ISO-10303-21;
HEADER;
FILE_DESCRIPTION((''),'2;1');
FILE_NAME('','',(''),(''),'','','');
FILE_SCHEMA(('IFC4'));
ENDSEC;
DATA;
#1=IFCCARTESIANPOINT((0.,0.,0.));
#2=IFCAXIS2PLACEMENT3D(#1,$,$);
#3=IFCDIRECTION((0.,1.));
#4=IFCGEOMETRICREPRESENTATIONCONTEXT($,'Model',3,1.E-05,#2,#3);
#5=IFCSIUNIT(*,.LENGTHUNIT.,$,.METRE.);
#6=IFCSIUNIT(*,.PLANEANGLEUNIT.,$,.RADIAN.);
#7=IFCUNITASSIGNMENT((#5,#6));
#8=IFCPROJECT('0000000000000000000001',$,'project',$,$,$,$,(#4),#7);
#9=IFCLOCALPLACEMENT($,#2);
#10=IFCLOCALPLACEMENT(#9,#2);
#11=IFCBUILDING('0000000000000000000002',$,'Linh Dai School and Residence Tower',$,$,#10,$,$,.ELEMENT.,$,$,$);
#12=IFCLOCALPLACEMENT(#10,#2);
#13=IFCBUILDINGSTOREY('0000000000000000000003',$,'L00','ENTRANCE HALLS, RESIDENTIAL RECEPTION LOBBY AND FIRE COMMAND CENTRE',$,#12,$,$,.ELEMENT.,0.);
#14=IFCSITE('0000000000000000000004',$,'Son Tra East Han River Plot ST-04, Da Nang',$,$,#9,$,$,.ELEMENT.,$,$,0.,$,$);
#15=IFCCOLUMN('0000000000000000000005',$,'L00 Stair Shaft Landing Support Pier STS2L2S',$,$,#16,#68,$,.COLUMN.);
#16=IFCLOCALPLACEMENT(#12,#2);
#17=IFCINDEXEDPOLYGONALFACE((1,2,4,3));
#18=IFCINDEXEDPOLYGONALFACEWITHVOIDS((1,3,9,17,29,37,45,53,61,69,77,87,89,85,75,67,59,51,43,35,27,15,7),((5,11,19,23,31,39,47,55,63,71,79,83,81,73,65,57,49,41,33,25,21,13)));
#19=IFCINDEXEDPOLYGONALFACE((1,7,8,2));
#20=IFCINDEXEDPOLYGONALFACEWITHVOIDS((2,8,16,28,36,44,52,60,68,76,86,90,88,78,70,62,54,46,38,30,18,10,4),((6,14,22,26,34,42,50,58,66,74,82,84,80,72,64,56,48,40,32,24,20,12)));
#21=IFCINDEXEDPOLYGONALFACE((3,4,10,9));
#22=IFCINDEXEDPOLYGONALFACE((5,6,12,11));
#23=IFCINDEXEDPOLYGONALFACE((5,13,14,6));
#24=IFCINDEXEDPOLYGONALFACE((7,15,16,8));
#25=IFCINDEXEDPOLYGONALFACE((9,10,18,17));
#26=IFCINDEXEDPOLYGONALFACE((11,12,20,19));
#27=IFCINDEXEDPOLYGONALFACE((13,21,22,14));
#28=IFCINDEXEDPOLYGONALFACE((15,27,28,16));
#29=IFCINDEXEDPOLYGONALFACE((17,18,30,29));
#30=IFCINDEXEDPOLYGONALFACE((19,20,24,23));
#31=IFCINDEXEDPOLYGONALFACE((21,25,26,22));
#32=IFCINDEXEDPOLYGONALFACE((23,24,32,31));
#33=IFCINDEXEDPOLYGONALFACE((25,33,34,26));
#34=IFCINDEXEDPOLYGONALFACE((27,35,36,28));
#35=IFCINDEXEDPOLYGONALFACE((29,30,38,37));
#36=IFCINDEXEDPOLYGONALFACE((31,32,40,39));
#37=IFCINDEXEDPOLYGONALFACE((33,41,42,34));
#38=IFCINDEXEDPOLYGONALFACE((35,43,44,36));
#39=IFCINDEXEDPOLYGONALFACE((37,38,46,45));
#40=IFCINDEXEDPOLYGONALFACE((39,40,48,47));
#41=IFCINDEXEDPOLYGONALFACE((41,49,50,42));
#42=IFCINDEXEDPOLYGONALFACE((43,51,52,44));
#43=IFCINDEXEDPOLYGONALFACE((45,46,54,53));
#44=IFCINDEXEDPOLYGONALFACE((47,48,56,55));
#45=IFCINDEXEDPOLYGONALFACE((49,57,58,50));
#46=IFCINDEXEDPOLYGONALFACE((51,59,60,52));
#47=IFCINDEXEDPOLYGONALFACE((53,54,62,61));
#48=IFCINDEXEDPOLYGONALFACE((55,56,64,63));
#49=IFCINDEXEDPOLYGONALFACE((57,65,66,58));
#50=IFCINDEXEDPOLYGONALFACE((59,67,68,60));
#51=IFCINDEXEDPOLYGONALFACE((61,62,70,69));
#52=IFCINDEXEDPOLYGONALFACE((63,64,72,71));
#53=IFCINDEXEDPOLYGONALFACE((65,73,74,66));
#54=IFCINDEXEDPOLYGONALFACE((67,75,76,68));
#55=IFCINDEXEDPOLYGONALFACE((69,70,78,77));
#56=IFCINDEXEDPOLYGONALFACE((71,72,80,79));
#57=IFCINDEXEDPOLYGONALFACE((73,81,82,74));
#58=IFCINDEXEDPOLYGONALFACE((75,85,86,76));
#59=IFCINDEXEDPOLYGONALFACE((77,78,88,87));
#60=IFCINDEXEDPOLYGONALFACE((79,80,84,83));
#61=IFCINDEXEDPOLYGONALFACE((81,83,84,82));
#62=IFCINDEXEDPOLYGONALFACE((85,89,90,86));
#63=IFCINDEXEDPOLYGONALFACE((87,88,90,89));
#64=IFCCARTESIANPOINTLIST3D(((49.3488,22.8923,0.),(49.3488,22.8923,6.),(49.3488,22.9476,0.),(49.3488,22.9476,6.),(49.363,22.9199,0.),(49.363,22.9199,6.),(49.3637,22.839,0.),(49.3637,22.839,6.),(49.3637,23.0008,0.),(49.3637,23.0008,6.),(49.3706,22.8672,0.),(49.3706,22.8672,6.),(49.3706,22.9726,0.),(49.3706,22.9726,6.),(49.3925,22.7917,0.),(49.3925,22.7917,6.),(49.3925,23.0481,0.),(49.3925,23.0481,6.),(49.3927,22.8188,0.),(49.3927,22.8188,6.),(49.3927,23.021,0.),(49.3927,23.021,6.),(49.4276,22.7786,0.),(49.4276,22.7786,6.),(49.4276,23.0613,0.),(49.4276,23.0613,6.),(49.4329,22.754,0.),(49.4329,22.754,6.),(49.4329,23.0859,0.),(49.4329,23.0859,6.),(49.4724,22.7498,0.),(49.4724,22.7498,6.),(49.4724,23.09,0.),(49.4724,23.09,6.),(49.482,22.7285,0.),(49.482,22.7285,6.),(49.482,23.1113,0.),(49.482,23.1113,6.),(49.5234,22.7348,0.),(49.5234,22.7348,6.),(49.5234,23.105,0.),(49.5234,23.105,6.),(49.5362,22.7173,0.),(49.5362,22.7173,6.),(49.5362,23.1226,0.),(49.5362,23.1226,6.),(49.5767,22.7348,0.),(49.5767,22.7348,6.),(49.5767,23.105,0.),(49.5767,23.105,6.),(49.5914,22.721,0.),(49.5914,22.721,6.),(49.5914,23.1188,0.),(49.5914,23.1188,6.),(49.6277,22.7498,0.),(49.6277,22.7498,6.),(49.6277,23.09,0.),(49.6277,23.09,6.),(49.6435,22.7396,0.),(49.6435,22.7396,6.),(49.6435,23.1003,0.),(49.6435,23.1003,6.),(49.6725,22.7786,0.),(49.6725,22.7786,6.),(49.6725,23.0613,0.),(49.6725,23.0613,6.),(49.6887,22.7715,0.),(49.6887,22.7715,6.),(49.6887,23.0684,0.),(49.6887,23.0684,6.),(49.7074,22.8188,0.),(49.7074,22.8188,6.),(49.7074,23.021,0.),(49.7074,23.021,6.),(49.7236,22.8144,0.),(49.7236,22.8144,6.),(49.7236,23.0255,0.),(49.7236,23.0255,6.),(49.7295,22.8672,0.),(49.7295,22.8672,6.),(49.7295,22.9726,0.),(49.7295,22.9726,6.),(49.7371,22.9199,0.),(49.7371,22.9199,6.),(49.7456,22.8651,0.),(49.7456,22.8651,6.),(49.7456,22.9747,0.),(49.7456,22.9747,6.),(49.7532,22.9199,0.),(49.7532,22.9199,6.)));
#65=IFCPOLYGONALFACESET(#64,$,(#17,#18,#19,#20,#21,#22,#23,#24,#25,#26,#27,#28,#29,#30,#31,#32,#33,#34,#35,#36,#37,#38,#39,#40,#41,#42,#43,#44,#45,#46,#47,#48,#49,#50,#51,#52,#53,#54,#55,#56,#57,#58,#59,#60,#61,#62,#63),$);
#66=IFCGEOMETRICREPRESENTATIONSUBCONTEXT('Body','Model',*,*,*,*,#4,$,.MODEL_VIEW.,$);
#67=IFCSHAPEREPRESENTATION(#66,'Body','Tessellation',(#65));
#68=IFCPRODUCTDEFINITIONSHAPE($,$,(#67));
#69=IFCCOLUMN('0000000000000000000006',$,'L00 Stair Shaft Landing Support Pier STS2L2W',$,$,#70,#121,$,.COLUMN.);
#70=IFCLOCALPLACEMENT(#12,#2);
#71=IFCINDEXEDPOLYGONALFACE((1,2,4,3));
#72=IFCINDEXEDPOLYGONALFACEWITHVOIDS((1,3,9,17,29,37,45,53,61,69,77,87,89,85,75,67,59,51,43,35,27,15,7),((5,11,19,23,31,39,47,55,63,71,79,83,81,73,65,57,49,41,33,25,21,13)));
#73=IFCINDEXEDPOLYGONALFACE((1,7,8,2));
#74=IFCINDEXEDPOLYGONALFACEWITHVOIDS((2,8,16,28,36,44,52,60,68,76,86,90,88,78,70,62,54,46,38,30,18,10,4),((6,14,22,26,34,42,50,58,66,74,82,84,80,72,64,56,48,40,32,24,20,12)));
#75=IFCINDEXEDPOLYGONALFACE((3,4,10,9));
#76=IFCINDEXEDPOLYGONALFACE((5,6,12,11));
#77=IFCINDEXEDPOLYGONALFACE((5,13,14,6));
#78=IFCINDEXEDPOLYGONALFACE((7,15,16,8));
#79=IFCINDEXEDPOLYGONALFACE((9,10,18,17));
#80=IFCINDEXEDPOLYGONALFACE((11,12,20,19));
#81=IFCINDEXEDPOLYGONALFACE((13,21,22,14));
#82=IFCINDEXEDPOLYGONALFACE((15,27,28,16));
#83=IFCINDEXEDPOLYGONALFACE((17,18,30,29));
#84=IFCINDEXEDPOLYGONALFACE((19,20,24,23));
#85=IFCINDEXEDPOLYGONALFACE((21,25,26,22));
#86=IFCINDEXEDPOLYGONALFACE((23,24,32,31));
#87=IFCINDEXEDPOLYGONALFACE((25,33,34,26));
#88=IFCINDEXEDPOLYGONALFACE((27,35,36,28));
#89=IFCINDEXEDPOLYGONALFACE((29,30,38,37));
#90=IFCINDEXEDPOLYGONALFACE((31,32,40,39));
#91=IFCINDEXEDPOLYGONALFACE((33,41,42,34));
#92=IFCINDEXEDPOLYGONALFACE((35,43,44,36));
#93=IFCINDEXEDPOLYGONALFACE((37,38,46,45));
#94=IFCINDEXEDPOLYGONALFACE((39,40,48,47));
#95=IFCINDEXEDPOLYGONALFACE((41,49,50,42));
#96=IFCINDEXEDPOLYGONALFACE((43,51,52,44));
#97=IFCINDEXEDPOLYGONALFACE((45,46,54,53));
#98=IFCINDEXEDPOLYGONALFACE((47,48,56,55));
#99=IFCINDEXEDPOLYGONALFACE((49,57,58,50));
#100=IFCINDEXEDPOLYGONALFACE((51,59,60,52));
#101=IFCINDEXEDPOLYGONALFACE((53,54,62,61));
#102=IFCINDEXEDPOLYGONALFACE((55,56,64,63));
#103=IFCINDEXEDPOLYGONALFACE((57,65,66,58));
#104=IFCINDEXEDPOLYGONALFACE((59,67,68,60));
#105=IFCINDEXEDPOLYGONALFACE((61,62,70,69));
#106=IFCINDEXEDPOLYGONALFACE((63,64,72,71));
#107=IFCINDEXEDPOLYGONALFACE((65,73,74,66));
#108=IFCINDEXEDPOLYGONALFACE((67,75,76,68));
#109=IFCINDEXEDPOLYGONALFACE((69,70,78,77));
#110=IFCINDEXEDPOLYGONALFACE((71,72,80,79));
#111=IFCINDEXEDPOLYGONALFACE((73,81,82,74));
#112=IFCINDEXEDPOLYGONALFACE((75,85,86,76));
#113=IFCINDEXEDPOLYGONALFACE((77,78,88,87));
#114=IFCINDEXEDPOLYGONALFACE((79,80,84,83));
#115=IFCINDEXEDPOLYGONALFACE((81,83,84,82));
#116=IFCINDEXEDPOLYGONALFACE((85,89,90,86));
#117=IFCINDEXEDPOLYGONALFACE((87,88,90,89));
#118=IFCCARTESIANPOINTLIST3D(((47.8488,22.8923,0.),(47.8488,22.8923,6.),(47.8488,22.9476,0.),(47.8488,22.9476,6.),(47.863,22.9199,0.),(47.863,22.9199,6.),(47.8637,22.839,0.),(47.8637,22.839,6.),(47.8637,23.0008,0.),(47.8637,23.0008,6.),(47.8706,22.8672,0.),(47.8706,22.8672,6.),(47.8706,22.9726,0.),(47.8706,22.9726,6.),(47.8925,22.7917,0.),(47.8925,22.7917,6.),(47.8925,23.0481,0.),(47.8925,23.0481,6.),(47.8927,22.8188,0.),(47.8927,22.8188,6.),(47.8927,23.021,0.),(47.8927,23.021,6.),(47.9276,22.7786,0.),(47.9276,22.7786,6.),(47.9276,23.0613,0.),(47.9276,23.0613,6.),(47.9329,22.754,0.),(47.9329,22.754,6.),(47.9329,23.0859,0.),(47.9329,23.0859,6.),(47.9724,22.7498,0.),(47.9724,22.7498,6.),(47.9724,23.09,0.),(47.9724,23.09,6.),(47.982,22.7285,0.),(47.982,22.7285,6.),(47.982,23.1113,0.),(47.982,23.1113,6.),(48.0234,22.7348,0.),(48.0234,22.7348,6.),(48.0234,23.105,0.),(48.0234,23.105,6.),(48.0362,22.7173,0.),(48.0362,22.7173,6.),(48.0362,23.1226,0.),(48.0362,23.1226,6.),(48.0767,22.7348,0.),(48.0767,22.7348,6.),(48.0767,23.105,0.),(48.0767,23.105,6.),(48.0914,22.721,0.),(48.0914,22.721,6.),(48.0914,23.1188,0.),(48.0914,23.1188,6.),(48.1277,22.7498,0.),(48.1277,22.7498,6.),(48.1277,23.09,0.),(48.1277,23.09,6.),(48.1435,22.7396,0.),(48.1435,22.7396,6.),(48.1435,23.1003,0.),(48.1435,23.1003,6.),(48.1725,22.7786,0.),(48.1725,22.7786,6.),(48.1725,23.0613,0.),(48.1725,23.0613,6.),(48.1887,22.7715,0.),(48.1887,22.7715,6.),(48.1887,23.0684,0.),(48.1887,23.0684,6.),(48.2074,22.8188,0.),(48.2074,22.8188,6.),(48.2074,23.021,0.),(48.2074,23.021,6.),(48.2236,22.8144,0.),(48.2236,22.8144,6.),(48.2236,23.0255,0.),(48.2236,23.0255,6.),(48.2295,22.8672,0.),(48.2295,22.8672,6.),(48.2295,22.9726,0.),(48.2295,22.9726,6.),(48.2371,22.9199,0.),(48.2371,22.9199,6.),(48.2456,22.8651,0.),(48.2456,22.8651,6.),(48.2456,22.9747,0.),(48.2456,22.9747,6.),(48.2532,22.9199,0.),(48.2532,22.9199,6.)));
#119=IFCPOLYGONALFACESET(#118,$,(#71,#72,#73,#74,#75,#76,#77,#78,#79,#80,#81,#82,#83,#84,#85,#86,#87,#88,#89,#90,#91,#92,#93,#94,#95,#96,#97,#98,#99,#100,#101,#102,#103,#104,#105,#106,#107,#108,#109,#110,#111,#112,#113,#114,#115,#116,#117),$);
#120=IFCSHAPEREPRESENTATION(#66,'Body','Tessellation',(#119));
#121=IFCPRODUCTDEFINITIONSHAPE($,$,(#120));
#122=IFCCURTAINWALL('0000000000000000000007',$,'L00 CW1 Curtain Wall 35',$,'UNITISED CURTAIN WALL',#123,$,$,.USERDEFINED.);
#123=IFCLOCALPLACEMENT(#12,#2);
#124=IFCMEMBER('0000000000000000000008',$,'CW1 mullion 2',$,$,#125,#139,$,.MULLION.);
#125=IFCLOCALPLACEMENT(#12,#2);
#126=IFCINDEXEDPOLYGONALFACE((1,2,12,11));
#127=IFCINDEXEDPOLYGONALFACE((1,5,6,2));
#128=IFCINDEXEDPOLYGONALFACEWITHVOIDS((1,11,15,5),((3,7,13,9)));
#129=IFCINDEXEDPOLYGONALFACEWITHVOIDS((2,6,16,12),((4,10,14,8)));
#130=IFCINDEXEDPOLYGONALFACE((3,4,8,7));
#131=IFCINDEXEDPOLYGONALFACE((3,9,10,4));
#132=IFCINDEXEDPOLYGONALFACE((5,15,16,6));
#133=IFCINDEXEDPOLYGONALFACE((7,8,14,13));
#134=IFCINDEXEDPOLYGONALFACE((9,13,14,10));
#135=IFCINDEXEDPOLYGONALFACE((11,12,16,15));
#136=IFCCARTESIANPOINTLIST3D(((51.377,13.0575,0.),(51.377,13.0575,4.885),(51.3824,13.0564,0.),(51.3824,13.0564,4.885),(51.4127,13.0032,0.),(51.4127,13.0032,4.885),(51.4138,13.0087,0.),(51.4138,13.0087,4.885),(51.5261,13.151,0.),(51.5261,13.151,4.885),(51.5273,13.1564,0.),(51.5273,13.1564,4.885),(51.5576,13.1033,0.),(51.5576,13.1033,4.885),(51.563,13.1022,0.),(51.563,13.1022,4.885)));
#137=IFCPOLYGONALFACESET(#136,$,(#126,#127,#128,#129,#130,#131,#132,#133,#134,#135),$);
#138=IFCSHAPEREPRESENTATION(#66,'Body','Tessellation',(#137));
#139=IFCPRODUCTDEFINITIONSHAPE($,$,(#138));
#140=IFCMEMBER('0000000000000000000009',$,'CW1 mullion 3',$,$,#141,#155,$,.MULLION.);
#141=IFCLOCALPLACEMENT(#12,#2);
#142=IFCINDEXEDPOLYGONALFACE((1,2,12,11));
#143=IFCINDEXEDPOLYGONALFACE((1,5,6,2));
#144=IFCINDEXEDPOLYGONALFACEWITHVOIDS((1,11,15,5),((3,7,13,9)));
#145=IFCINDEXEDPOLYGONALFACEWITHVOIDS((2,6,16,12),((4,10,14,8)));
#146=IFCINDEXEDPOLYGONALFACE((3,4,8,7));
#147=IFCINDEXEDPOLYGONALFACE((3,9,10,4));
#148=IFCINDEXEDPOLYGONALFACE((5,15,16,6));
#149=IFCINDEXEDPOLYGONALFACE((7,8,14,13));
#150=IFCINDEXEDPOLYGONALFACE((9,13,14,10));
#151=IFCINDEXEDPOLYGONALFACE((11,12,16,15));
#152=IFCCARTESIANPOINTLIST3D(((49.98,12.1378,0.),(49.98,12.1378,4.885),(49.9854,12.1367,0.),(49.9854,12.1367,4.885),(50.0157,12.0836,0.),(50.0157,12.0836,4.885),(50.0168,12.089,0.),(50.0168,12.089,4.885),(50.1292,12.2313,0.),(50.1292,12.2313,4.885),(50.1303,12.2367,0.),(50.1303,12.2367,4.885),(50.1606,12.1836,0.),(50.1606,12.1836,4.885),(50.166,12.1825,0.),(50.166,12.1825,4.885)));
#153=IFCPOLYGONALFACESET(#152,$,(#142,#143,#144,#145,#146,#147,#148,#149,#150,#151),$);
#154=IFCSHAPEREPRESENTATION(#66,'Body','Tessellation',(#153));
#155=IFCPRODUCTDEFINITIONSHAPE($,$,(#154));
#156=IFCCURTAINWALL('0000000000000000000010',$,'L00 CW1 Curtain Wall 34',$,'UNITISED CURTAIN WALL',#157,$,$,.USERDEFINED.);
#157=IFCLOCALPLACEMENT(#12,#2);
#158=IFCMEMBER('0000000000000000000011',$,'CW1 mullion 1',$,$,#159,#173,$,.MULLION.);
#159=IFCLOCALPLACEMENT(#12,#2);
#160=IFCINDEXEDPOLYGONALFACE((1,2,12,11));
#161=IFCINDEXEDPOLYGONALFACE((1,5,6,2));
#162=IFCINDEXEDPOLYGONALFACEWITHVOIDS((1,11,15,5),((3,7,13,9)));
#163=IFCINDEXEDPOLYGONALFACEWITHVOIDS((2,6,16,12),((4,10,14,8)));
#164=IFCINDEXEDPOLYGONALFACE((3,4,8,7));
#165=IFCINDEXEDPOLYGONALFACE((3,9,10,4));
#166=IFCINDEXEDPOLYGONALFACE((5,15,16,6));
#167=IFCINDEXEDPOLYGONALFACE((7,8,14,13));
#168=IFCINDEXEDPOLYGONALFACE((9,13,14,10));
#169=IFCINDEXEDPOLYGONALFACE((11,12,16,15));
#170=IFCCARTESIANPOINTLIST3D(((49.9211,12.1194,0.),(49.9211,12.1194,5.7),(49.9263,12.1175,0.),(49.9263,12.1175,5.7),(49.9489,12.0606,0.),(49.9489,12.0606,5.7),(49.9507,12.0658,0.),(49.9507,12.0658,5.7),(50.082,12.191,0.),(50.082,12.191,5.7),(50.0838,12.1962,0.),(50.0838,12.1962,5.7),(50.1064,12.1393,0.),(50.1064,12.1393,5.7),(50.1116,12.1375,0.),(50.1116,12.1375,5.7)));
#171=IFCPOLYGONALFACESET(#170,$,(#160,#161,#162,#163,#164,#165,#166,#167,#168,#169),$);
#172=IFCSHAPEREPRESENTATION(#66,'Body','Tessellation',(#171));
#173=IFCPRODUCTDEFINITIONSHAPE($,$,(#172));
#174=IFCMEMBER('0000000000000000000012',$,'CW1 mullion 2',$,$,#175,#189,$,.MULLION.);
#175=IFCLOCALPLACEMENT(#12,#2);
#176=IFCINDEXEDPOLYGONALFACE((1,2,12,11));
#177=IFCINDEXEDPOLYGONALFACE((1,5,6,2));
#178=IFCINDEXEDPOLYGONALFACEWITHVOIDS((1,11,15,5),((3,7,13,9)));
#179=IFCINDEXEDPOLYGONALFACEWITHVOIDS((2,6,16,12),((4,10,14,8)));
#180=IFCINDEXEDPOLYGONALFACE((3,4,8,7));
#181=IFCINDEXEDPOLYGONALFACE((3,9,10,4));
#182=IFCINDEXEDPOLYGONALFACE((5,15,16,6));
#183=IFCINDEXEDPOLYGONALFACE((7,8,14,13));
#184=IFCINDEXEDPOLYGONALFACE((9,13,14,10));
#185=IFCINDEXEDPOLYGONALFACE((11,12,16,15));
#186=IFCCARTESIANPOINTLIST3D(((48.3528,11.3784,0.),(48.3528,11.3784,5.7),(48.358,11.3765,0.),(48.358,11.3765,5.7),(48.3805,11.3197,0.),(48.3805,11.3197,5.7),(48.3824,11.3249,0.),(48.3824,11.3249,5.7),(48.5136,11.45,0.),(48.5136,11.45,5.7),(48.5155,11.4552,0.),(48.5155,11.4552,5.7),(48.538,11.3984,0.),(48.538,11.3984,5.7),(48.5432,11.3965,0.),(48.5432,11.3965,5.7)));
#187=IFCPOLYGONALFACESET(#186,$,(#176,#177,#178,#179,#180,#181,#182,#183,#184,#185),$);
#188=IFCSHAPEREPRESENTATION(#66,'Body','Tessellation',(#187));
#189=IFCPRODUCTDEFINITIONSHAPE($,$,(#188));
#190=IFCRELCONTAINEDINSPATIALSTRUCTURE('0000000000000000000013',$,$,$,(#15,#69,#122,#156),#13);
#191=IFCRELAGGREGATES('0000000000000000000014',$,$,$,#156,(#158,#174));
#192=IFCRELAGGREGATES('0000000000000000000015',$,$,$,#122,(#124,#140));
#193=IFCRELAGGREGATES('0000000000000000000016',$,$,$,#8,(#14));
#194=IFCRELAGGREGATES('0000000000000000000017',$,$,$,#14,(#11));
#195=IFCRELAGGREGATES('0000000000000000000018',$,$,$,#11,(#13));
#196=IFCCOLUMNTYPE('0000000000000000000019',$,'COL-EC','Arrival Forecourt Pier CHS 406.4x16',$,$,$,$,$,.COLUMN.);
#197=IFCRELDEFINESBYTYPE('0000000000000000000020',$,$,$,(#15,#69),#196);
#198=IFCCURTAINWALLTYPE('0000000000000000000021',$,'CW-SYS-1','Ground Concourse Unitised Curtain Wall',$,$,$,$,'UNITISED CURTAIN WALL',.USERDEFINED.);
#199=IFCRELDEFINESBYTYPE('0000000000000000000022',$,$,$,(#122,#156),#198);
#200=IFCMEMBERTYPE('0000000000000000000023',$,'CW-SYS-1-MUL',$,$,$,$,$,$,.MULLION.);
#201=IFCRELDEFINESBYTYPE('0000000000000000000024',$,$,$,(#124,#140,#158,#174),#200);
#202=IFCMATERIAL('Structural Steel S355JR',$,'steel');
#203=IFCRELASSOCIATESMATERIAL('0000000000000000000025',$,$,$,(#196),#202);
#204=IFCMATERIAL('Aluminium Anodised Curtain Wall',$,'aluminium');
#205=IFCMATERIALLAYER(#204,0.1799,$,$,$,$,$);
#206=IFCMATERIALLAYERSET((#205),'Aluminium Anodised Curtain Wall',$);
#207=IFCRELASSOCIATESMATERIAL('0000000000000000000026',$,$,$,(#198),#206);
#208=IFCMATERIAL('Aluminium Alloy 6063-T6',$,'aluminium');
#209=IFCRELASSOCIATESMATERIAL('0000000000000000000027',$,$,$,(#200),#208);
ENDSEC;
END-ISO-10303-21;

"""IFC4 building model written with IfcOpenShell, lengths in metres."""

from ifc_helpers import new_model, si_unit, direction, frame, origin, origin_2d, place, context, subcontext, project, spatial, hollow_rectangle, hollow_circle, extrude, source, transform, mapped, material, layer, layer_set, material_profile, profile_set, type_object, element, aggregate, save


model = new_model("IFC4")

# Units and contexts
model_context = context("Model", 3, precision=1e-05, world=origin(), true_north=direction((0.0, 1.0)))
body_context = subcontext(model_context, "Body", "Model", "MODEL_VIEW")
ifc_project = project(units=[si_unit("LENGTHUNIT", "METRE"), si_unit("PLANEANGLEUNIT", "RADIAN")], contexts=[model_context])

# Site, building, storey
site_placement = place(None, origin())
site = spatial("IfcSite", under=ifc_project, at=site_placement, Name="Son Tra East Han River Plot ST-04, Da Nang", CompositionType="ELEMENT", RefElevation=0.0)
building_placement = place(site_placement, origin())
building = spatial("IfcBuilding", under=site, at=building_placement, Name="Linh Dai School and Residence Tower", CompositionType="ELEMENT")
storey_placement = place(building_placement, origin())
storey = spatial("IfcBuildingStorey", under=building, at=storey_placement, Name="L00", Description="ENTRANCE HALLS, RESIDENTIAL RECEPTION LOBBY AND FIRE COMMAND CENTRE", CompositionType="ELEMENT", Elevation=0.0)

# Columns
ifc_material_1 = material(Name="Structural Steel S355JR", Category="steel")
ifc_material_profile_1 = material_profile(ifc_material_1, hollow_circle(Radius=0.2031, WallThickness=0.0161, at=origin_2d()), Name="CHS 406.4x16")
ifc_profile_set_1 = profile_set([ifc_material_profile_1], Name="Structural Steel S355JR")
column_type = type_object("IfcColumnType", Name="COL-EC", Description="Arrival Forecourt Pier CHS 406.4x16", PredefinedType="COLUMN", material=ifc_profile_set_1)
for number, where, z_axis, x_axis, name in (
    (1, (49.55, 22.9199, 0.0), (0.0, 0.0, 1.0), (1.0, 0.0, 0.0), "L00 Stair Shaft Landing Support Pier STS2L2S"),
    (2, (48.05, 22.9199, 0.0), (0.0, 0.0, 1.0), (1.0, 0.0, 0.0), "L00 Stair Shaft Landing Support Pier STS2L2W"),
):
    element("IfcColumn", number, at=place(storey_placement, frame(where, z_axis=z_axis, x_axis=x_axis)), inside=storey, type_object=column_type, Name=name, PredefinedType="COLUMN", context=body_context, shape_type="SweptSolid", body=[
        extrude(hollow_circle(Radius=0.2031, WallThickness=0.0161, at=origin_2d()), origin(), (0.0, 0.0, 1.0), 6.0),
    ])

# Curtain walls, members
ifc_material_2 = material(Name="Aluminium Anodised Curtain Wall", Category="aluminium")
ifc_layer_1 = layer(ifc_material_2, 0.1799)
ifc_layer_set_1 = layer_set([ifc_layer_1], Name="Aluminium Anodised Curtain Wall")
curtain_wall_type = type_object("IfcCurtainWallType", Name="CW-SYS-1", Description="Ground Concourse Unitised Curtain Wall", ElementType="UNITISED CURTAIN WALL", PredefinedType="USERDEFINED", material=ifc_layer_set_1)
curtain_wall_1_placement = place(storey_placement, origin())
curtain_wall_1 = element("IfcCurtainWall", 3, at=curtain_wall_1_placement, inside=storey, type_object=curtain_wall_type, Name="L00 CW1 Curtain Wall 35", ObjectType="UNITISED CURTAIN WALL", PredefinedType="USERDEFINED")
ifc_material_3 = material(Name="Aluminium Alloy 6063-T6", Category="aluminium")
ifc_material_profile_2 = material_profile(ifc_material_3, hollow_rectangle(XDim=0.0649, YDim=0.1799, WallThickness=0.0039, at=origin_2d()), Name="RHS 180x65x4")
ifc_profile_set_2 = profile_set([ifc_material_profile_2], Name="Aluminium Alloy 6063-T6")
member_type_1 = type_object("IfcMemberType", Name="CW-SYS-1-MUL", PredefinedType="MULLION", material=ifc_profile_set_2)
shared_shape_1 = source(origin(), body_context, "Body", "SweptSolid", [
    extrude(hollow_rectangle(XDim=0.0649, YDim=0.1799, WallThickness=0.0039, at=origin_2d()), origin(), (0.0, 0.0, 1.0), 4.885),
])
member_1_placement = place(storey_placement, frame((51.47, 13.0798, 0.0), z_axis=(0.0, 0.0, 1.0), x_axis=(0.549878, -0.835245, 0.0)))
member_1 = element("IfcMember", 4, at=member_1_placement, type_object=member_type_1, Name="CW1 mullion 2", PredefinedType="MULLION", context=body_context, shape_type="MappedRepresentation", body=[
    mapped(shared_shape_1, transform((0.0, 0.0, 0.0), x_axis=(1.0, 0.0, 0.0), y_axis=(0.0, 1.0, 0.0), z_axis=(0.0, 0.0, 1.0), scale=1.0)),
])
member_2_placement = place(storey_placement, frame((50.073, 12.1602, 0.0), z_axis=(0.0, 0.0, 1.0), x_axis=(0.549878, -0.835245, 0.0)))
member_2 = element("IfcMember", 5, at=member_2_placement, type_object=member_type_1, Name="CW1 mullion 3", PredefinedType="MULLION", context=body_context, shape_type="MappedRepresentation", body=[
    mapped(shared_shape_1, transform((0.0, 0.0, 0.0), x_axis=(1.0, 0.0, 0.0), y_axis=(0.0, 1.0, 0.0), z_axis=(0.0, 0.0, 1.0), scale=1.0)),
])
curtain_wall_2_placement = place(storey_placement, origin())
curtain_wall_2 = element("IfcCurtainWall", 6, at=curtain_wall_2_placement, inside=storey, type_object=curtain_wall_type, Name="L00 CW1 Curtain Wall 34", ObjectType="UNITISED CURTAIN WALL", PredefinedType="USERDEFINED")
shared_shape_2 = source(origin(), body_context, "Body", "SweptSolid", [
    extrude(hollow_rectangle(XDim=0.0649, YDim=0.1799, WallThickness=0.0039, at=origin_2d()), origin(), (0.0, 0.0, 1.0), 5.7),
])
member_3_placement = place(storey_placement, frame((50.0164, 12.1284, 0.0), z_axis=(0.0, 0.0, 1.0), x_axis=(0.427108, -0.904201, 0.0)))
member_3 = element("IfcMember", 7, at=member_3_placement, type_object=member_type_1, Name="CW1 mullion 1", PredefinedType="MULLION", context=body_context, shape_type="MappedRepresentation", body=[
    mapped(shared_shape_2, transform((0.0, 0.0, 0.0), x_axis=(1.0, 0.0, 0.0), y_axis=(0.0, 1.0, 0.0), z_axis=(0.0, 0.0, 1.0), scale=1.0)),
])
member_4_placement = place(storey_placement, frame((48.448, 11.3875, 0.0), z_axis=(0.0, 0.0, 1.0), x_axis=(0.427108, -0.904201, 0.0)))
member_4 = element("IfcMember", 8, at=member_4_placement, type_object=member_type_1, Name="CW1 mullion 2", PredefinedType="MULLION", context=body_context, shape_type="MappedRepresentation", body=[
    mapped(shared_shape_2, transform((0.0, 0.0, 0.0), x_axis=(1.0, 0.0, 0.0), y_axis=(0.0, 1.0, 0.0), z_axis=(0.0, 0.0, 1.0), scale=1.0)),
])

aggregate(curtain_wall_2, [member_3, member_4])
aggregate(curtain_wall_1, [member_1, member_2])

save(model, "model.ifc")
